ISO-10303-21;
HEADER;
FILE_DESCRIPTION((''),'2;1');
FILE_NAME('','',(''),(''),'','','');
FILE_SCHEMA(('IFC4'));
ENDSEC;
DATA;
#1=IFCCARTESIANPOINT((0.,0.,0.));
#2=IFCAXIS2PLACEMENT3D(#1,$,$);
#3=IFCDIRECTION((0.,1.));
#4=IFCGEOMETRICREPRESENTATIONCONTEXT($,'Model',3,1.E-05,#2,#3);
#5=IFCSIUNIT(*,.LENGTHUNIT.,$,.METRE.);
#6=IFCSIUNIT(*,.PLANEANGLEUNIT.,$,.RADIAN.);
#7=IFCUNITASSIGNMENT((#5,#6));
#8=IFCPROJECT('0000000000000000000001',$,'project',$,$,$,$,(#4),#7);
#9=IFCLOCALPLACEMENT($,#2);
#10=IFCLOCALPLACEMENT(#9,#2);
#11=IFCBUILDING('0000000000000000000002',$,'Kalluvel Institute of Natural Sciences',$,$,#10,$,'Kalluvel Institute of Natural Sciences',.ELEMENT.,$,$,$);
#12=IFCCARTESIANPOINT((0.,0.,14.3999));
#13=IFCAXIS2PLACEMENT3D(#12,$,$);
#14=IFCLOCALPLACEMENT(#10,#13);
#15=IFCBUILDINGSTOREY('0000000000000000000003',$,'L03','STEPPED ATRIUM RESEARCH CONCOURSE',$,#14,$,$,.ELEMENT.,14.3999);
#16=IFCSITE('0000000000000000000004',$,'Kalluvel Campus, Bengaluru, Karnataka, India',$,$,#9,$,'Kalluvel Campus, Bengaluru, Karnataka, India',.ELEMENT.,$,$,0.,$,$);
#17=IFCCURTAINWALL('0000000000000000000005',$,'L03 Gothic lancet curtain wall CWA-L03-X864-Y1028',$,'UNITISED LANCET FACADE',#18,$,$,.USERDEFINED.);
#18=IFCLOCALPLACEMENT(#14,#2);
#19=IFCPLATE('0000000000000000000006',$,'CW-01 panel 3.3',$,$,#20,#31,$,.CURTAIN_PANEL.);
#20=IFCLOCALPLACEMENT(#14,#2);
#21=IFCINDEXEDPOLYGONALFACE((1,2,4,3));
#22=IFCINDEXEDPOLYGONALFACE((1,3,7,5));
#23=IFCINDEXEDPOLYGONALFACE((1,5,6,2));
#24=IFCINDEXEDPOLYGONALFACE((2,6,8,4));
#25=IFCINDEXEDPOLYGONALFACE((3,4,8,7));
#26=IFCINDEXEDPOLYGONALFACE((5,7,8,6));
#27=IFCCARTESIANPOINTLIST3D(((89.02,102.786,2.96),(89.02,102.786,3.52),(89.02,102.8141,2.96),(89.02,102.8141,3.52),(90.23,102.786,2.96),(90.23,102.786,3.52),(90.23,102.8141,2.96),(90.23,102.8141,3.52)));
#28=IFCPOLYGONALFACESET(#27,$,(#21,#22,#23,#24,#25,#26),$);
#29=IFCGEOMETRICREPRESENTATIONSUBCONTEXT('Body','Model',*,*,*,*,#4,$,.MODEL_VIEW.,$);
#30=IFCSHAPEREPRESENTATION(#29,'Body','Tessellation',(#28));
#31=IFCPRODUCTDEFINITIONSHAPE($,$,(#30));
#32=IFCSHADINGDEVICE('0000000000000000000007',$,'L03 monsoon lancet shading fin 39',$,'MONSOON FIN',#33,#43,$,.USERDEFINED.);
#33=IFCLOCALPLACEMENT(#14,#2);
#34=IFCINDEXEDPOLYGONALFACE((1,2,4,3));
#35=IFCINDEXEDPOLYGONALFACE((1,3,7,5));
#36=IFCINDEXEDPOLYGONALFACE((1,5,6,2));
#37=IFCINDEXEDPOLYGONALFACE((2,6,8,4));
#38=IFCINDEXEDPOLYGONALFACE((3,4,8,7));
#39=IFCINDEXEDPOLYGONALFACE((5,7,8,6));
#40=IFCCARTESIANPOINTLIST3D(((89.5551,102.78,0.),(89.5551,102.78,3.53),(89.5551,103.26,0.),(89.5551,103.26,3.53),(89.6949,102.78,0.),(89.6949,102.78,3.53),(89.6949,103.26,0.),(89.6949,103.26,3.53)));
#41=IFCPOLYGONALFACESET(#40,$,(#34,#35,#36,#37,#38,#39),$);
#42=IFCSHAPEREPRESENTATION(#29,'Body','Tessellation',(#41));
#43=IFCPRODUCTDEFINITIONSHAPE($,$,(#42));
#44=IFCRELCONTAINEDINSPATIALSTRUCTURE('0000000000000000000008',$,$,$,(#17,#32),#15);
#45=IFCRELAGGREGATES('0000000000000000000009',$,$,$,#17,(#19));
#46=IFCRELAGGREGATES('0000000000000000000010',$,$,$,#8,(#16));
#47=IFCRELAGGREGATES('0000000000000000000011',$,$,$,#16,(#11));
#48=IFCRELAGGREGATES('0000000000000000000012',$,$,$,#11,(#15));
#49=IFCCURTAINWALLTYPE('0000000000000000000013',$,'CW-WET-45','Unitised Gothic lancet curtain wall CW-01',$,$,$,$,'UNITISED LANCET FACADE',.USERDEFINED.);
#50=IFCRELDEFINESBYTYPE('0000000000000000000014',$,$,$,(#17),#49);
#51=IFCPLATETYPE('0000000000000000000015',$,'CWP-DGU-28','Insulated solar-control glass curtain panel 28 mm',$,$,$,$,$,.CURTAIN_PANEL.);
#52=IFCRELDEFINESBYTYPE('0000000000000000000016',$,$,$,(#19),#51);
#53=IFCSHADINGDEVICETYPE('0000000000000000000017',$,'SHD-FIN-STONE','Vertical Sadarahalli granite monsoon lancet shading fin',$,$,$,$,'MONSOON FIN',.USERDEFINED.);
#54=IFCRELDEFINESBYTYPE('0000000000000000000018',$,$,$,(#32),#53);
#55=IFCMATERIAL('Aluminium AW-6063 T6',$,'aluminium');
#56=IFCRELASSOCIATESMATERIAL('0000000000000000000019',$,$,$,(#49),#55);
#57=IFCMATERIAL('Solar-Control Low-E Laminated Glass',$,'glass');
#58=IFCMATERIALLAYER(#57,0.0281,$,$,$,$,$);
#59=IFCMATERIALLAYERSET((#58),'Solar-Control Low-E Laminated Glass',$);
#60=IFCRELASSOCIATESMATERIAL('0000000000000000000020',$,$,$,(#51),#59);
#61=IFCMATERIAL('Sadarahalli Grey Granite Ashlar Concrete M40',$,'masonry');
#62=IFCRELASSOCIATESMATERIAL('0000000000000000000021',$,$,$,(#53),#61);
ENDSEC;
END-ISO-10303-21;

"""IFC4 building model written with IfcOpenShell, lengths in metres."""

from ifc_helpers import new_model, si_unit, direction, frame, origin, origin_2d, place, context, subcontext, project, spatial, rectangle, extrude, material, layer, layer_set, type_object, element, aggregate, save


model = new_model("IFC4")

# Units and contexts
model_context = context("Model", 3, precision=1e-05, world=origin(), true_north=direction((0.0, 1.0)))
body_context = subcontext(model_context, "Body", "Model", "MODEL_VIEW")
ifc_project = project(units=[si_unit("LENGTHUNIT", "METRE"), si_unit("PLANEANGLEUNIT", "RADIAN")], contexts=[model_context])

# Site, building, storey
site_placement = place(None, origin())
site = spatial("IfcSite", under=ifc_project, at=site_placement, Name="Kalluvel Campus, Bengaluru, Karnataka, India", LongName="Kalluvel Campus, Bengaluru, Karnataka, India", CompositionType="ELEMENT", RefElevation=0.0)
building_placement = place(site_placement, origin())
building = spatial("IfcBuilding", under=site, at=building_placement, Name="Kalluvel Institute of Natural Sciences", LongName="Kalluvel Institute of Natural Sciences", CompositionType="ELEMENT")
storey_placement = place(building_placement, frame((0.0, 0.0, 14.3999)))
storey = spatial("IfcBuildingStorey", under=building, at=storey_placement, Name="L03", Description="STEPPED ATRIUM RESEARCH CONCOURSE", CompositionType="ELEMENT", Elevation=14.3999)

# Curtain wall
ifc_material_1 = material(Name="Aluminium AW-6063 T6", Category="aluminium")
curtain_wall_type = type_object("IfcCurtainWallType", Name="CW-WET-45", Description="Unitised Gothic lancet curtain wall CW-01", ElementType="UNITISED LANCET FACADE", PredefinedType="USERDEFINED", material=ifc_material_1)
curtain_wall_placement = place(storey_placement, origin())
curtain_wall = element("IfcCurtainWall", 1, at=curtain_wall_placement, inside=storey, type_object=curtain_wall_type, Name="L03 Gothic lancet curtain wall CWA-L03-X864-Y1028", ObjectType="UNITISED LANCET FACADE", PredefinedType="USERDEFINED")

# Plate
ifc_material_2 = material(Name="Solar-Control Low-E Laminated Glass", Category="glass")
ifc_layer = layer(ifc_material_2, 0.0281)
ifc_layer_set = layer_set([ifc_layer], Name="Solar-Control Low-E Laminated Glass")
plate_type = type_object("IfcPlateType", Name="CWP-DGU-28", Description="Insulated solar-control glass curtain panel 28 mm", PredefinedType="CURTAIN_PANEL", material=ifc_layer_set)
plate_1_placement = place(storey_placement, frame((89.625, 102.8, 2.96), z_axis=(0.0, 0.0, 1.0), x_axis=(1.0, 0.0, 0.0)))
plate_1 = element("IfcPlate", 2, at=plate_1_placement, type_object=plate_type, Name="CW-01 panel 3.3", PredefinedType="CURTAIN_PANEL", context=body_context, shape_type="SweptSolid", body=[
    extrude(rectangle(XDim=1.21, YDim=0.0281, at=origin_2d()), origin(), (0.0, 0.0, 1.0), 0.5601),
])
aggregate(curtain_wall, [plate_1])

# Shading device
ifc_material_3 = material(Name="Sadarahalli Grey Granite Ashlar Concrete M40", Category="masonry")
shading_device_type = type_object("IfcShadingDeviceType", Name="SHD-FIN-STONE", Description="Vertical Sadarahalli granite monsoon lancet shading fin", ElementType="MONSOON FIN", PredefinedType="USERDEFINED", material=ifc_material_3)
shading_device_placement = place(storey_placement, frame((89.625, 103.02, 0.0), z_axis=(0.0, 0.0, 1.0), x_axis=(1.0, 0.0, 0.0)))
element("IfcShadingDevice", 3, at=shading_device_placement, inside=storey, type_object=shading_device_type, Name="L03 monsoon lancet shading fin 39", ObjectType="MONSOON FIN", PredefinedType="USERDEFINED", context=body_context, shape_type="SweptSolid", body=[
    extrude(rectangle(XDim=0.1399, YDim=0.48, at=origin_2d()), origin(), (0.0, 0.0, 1.0), 3.53),
])

save(model, "model.ifc")
